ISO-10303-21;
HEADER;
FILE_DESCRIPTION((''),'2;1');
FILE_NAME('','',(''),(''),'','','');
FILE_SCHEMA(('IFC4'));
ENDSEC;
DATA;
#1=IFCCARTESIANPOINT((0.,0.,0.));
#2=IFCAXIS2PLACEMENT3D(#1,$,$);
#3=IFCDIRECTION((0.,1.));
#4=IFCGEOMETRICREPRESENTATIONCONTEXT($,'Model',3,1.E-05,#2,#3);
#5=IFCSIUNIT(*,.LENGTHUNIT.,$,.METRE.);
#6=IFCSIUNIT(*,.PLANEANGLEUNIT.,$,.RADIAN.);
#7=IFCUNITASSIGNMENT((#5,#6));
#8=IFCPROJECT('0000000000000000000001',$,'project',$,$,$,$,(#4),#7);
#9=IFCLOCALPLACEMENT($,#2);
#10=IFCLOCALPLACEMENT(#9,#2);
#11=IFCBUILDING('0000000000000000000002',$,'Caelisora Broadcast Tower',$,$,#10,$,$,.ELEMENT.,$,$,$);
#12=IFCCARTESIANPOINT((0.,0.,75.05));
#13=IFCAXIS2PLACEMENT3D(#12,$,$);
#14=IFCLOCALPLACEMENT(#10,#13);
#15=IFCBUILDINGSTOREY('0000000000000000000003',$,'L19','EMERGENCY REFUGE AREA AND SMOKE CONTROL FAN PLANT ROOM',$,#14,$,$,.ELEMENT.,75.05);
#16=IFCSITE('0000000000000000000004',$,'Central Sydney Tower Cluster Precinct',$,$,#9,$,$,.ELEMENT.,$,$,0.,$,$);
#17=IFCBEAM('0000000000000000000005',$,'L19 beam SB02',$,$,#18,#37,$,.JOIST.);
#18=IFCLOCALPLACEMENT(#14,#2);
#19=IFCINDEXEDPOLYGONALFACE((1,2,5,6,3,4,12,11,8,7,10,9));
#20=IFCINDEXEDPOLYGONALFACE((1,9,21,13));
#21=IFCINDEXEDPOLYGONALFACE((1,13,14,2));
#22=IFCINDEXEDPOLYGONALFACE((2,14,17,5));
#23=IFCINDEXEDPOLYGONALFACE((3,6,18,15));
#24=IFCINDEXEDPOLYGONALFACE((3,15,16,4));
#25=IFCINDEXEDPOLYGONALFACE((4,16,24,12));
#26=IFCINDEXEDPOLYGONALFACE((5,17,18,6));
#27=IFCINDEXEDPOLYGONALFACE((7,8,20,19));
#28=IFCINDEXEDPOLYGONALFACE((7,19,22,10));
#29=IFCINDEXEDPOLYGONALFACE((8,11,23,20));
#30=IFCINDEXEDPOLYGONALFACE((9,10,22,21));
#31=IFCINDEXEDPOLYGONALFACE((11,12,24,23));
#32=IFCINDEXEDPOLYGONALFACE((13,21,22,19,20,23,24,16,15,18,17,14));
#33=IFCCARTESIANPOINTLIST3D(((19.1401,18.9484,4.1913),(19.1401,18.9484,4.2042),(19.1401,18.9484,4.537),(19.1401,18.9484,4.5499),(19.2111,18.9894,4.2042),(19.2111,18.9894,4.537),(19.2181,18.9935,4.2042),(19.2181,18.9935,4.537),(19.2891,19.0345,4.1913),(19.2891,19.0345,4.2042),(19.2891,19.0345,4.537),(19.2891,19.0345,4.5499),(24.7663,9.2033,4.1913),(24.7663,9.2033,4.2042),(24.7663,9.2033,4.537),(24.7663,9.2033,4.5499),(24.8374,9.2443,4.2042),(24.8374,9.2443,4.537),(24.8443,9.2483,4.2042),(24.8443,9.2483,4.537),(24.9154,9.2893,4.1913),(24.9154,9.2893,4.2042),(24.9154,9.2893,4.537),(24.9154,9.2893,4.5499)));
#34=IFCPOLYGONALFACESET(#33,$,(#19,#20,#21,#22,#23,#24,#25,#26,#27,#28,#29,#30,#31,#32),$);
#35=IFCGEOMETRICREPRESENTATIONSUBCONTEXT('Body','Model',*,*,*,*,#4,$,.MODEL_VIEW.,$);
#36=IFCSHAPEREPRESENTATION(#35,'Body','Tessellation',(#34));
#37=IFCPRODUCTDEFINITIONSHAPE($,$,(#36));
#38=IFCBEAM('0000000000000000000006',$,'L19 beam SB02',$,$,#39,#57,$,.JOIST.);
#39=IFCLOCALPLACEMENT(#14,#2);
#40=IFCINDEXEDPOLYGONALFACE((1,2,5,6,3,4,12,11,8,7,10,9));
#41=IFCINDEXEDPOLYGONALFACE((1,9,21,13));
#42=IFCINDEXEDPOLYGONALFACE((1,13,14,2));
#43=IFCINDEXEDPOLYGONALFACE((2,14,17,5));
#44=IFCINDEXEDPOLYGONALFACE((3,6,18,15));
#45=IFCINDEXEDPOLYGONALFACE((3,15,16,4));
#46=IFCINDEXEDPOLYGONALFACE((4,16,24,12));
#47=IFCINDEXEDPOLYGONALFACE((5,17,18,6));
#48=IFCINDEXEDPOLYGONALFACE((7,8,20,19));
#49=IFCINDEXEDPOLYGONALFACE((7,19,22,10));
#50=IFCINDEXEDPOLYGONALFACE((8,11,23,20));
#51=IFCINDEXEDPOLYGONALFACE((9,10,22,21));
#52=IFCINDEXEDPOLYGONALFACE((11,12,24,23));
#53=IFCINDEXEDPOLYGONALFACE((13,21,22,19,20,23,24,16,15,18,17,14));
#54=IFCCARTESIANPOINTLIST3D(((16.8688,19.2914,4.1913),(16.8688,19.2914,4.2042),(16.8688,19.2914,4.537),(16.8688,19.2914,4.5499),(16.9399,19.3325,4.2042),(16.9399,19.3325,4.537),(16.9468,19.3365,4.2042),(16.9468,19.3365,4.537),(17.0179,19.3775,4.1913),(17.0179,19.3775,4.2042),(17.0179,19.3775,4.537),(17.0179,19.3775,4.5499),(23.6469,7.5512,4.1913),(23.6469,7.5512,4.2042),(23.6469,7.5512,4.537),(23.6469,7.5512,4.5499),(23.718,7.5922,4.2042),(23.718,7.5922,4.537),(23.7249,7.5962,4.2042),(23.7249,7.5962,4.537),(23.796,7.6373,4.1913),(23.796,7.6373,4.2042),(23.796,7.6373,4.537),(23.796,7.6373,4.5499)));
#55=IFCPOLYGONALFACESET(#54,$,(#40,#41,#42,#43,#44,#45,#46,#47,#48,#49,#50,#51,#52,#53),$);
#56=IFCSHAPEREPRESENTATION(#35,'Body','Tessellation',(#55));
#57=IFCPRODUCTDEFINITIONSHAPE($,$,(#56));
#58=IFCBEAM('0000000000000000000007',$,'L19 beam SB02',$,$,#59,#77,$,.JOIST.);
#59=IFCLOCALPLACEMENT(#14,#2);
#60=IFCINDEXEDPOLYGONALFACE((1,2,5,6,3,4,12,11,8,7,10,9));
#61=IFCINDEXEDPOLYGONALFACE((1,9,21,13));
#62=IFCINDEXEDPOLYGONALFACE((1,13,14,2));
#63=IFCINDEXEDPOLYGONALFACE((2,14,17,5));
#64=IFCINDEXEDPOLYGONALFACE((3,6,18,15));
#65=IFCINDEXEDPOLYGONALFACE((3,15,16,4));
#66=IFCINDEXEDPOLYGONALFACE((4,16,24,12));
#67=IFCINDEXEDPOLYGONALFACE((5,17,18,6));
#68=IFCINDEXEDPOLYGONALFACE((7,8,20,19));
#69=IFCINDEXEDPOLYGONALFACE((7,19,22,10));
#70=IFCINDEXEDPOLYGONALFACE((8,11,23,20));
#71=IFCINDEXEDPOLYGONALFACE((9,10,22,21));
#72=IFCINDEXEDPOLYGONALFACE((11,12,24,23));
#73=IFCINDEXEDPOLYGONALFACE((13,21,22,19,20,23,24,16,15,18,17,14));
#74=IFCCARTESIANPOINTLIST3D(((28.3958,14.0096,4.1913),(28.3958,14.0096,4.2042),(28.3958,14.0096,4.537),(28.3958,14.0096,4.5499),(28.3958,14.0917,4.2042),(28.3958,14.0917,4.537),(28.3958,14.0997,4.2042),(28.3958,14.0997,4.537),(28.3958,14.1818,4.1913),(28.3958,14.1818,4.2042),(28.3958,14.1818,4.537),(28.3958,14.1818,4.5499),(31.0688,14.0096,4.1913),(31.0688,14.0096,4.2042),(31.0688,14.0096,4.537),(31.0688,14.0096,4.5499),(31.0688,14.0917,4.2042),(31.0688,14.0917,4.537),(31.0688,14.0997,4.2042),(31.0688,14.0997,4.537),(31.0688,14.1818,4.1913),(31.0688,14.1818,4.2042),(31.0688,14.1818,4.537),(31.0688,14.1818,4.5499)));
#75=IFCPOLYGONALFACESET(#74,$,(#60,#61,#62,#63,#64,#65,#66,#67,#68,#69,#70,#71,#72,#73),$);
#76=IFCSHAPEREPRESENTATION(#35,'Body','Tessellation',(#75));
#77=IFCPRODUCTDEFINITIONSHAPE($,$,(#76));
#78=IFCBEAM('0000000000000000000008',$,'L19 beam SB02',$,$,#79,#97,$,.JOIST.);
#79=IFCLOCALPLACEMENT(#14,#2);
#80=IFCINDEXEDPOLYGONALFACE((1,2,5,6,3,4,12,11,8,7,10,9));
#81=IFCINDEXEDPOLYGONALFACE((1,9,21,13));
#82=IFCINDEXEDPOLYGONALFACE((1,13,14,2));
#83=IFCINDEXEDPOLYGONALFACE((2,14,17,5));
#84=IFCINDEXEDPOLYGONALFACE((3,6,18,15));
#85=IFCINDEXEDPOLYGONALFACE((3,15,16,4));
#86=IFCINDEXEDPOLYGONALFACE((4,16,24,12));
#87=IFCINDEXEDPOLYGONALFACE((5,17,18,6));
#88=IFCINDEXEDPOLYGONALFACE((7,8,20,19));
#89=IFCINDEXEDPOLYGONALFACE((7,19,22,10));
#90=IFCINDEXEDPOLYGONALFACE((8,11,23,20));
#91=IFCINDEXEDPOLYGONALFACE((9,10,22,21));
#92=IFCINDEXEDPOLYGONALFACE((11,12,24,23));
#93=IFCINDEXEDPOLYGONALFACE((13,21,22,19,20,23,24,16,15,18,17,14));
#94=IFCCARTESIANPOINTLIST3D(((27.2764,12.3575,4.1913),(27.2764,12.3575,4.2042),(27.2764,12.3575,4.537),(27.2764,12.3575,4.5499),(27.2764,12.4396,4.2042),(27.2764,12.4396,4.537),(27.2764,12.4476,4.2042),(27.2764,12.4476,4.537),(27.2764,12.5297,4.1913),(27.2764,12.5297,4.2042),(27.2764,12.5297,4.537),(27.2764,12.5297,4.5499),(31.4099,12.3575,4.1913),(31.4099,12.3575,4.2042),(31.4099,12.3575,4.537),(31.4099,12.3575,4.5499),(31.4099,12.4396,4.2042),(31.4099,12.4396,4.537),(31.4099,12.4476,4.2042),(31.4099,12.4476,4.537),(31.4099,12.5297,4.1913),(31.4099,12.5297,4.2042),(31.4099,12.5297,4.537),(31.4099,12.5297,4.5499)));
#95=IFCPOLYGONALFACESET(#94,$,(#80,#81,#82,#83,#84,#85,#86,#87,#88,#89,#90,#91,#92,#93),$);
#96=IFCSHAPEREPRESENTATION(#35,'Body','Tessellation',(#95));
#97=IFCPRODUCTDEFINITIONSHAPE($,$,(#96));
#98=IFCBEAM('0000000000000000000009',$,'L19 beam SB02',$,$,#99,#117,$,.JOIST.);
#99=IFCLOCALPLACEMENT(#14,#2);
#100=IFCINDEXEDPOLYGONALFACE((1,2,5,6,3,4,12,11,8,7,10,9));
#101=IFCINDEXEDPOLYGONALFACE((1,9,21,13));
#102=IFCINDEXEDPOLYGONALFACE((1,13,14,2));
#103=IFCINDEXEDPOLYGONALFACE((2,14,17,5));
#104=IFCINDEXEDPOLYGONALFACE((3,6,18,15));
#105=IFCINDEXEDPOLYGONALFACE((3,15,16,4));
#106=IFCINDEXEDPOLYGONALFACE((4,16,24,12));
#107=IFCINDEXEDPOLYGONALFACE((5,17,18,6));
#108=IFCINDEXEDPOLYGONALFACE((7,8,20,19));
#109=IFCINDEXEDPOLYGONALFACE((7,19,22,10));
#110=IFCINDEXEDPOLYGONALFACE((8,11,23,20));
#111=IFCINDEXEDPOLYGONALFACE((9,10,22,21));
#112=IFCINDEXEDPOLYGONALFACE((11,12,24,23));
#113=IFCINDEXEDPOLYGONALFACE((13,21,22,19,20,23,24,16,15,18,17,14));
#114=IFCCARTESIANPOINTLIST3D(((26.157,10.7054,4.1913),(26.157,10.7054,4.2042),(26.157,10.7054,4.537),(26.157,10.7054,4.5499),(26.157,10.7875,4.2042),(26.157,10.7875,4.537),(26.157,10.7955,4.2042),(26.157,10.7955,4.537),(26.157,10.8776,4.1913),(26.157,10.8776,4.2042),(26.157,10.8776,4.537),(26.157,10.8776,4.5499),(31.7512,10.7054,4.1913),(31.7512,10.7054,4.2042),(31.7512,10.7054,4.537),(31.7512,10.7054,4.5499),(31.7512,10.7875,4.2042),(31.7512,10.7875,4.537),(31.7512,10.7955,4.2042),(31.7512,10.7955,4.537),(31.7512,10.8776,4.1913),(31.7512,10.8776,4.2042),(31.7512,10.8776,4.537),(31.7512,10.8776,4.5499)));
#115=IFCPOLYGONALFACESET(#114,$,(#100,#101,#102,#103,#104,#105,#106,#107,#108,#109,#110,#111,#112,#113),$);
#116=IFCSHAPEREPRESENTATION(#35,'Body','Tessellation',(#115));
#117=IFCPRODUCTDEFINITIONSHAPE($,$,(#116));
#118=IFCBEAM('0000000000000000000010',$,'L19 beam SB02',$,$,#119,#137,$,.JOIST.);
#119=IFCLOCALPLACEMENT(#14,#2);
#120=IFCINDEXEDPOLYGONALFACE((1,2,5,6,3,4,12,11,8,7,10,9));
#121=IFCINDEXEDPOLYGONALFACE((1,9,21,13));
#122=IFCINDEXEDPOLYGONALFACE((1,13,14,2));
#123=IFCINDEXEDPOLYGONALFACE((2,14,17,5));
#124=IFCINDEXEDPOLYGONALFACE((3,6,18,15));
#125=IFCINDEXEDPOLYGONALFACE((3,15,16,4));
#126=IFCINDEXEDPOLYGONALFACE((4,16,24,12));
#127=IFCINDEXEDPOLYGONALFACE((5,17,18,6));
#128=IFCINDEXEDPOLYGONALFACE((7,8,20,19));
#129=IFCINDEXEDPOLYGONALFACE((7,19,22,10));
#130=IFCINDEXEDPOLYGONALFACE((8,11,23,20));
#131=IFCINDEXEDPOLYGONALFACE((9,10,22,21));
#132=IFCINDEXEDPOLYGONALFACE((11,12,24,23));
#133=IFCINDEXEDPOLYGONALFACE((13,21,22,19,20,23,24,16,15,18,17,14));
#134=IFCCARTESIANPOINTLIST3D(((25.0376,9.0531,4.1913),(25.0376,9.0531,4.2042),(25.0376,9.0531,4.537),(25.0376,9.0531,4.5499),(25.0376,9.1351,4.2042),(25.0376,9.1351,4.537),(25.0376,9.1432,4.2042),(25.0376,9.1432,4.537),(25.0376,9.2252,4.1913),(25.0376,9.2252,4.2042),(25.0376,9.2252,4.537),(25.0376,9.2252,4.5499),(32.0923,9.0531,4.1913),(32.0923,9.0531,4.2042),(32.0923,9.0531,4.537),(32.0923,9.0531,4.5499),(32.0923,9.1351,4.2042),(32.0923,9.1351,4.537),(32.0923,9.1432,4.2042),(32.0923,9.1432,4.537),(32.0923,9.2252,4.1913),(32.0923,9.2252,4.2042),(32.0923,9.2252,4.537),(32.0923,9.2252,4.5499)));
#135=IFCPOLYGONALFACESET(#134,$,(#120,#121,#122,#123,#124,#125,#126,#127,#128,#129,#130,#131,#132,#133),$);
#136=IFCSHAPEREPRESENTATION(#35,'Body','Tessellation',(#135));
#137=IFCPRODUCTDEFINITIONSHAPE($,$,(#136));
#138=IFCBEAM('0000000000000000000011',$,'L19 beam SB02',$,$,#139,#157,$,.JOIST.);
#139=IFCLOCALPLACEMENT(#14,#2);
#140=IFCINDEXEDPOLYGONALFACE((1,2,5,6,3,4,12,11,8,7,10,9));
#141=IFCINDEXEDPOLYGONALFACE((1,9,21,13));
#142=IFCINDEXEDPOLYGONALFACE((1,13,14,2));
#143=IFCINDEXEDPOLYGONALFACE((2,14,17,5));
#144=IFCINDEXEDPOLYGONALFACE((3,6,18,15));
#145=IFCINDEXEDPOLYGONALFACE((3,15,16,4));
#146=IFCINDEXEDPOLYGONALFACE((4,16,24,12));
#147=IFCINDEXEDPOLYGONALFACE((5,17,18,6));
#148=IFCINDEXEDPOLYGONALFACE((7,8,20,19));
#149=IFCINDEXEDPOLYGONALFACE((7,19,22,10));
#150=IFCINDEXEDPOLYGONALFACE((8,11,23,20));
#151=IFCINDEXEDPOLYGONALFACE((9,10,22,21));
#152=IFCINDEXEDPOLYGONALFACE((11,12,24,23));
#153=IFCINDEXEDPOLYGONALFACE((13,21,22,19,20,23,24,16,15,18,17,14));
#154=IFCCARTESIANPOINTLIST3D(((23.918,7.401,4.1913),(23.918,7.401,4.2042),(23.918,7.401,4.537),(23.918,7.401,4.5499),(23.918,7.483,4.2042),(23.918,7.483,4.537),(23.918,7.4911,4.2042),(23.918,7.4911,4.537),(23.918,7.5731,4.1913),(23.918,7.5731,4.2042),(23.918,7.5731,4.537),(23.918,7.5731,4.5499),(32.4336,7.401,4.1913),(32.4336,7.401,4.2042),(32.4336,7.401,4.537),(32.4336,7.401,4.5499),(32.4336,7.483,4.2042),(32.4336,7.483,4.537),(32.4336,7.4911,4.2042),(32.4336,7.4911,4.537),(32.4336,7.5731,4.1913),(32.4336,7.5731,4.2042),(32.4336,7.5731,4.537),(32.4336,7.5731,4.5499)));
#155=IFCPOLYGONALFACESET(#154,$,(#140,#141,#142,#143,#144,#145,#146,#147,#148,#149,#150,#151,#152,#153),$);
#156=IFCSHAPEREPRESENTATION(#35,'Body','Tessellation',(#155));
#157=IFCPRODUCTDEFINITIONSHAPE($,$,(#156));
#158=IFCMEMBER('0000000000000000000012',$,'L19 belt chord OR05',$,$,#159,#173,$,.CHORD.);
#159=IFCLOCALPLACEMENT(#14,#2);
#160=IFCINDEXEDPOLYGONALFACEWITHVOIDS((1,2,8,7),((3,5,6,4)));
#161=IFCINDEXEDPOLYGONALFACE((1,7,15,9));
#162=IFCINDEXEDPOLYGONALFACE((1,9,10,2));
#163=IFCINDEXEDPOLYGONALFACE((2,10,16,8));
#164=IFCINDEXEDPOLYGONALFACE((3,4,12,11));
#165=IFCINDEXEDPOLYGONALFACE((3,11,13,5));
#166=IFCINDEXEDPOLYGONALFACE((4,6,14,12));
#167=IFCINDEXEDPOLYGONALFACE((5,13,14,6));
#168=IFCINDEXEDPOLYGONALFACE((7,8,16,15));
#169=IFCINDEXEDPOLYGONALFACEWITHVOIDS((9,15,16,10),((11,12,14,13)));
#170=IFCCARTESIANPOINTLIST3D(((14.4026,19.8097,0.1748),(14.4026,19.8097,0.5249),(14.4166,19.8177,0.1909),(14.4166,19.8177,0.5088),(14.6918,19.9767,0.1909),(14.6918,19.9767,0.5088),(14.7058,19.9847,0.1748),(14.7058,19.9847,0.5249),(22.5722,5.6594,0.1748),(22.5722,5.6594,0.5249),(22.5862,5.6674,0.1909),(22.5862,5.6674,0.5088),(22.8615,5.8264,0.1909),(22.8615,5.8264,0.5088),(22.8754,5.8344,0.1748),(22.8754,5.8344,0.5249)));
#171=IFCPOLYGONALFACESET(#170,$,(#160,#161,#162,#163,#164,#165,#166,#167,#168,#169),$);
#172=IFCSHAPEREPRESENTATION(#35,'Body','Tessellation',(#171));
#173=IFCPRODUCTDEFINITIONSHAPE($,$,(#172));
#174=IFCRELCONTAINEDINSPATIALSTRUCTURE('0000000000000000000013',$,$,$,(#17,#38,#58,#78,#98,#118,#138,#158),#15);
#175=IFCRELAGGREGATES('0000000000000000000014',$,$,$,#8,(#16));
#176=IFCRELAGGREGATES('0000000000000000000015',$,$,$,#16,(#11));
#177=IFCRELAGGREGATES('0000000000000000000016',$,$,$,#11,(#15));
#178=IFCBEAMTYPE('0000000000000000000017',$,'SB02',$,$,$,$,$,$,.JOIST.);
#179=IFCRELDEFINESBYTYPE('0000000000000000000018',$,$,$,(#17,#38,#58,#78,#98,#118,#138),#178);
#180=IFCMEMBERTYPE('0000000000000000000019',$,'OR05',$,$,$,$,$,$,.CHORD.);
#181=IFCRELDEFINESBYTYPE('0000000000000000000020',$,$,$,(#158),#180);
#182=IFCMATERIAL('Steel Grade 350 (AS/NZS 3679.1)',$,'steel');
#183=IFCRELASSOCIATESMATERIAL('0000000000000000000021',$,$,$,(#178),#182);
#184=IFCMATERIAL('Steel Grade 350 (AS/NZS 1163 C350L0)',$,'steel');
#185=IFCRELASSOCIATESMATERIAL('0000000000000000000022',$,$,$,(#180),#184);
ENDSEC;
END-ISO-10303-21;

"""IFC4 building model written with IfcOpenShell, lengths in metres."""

from ifc_helpers import new_model, si_unit, direction, frame, origin, origin_2d, place, context, subcontext, project, spatial, hollow_rectangle, i_section, extrude, source, transform, mapped, material, material_profile, profile_set, type_object, element, save


model = new_model("IFC4")

# Units and contexts
model_context = context("Model", 3, precision=1e-05, world=origin(), true_north=direction((0.0, 1.0)))
body_context = subcontext(model_context, "Body", "Model", "MODEL_VIEW")
ifc_project = project(units=[si_unit("LENGTHUNIT", "METRE"), si_unit("PLANEANGLEUNIT", "RADIAN")], contexts=[model_context])

# Site, building, storey
site_placement = place(None, origin())
site = spatial("IfcSite", under=ifc_project, at=site_placement, Name="Central Sydney Tower Cluster Precinct", CompositionType="ELEMENT", RefElevation=0.0)
building_placement = place(site_placement, origin())
building = spatial("IfcBuilding", under=site, at=building_placement, Name="Caelisora Broadcast Tower", CompositionType="ELEMENT")
storey_placement = place(building_placement, frame((0.0, 0.0, 75.05)))
storey = spatial("IfcBuildingStorey", under=building, at=storey_placement, Name="L19", Description="EMERGENCY REFUGE AREA AND SMOKE CONTROL FAN PLANT ROOM", CompositionType="ELEMENT", Elevation=75.05)

# Beams
ifc_material_1 = material(Name="Steel Grade 350 (AS/NZS 3679.1)", Category="steel")
ifc_material_profile_1 = material_profile(ifc_material_1, i_section(OverallWidth=0.1721, OverallDepth=0.3586, WebThickness=0.0081, FlangeThickness=0.0129, at=origin_2d()), Name="Steel Grade 350 (AS/NZS 3679.1)")
ifc_profile_set_1 = profile_set([ifc_material_profile_1], Name="Steel Grade 350 (AS/NZS 3679.1)")
beam_type_1 = type_object("IfcBeamType", Name="SB02", PredefinedType="JOIST", material=ifc_profile_set_1)
shared_shape_1 = source(origin(), body_context, "Body", "SweptSolid", [
    extrude(i_section(OverallWidth=0.1721, OverallDepth=0.3586, WebThickness=0.0081, FlangeThickness=0.0129, at=origin_2d()), origin(), (0.0, 0.0, 1.0), 11.2527),
])
beam_1_placement = place(storey_placement, frame((19.2146, 18.9915, 4.3706), z_axis=(0.499992, -0.86603, 0.0), x_axis=(0.86603, 0.499992, 0.0)))
element("IfcBeam", 1, at=beam_1_placement, inside=storey, type_object=beam_type_1, Name="L19 beam SB02", PredefinedType="JOIST", context=body_context, shape_type="MappedRepresentation", body=[
    mapped(shared_shape_1, transform((0.0, 0.0, 0.0), scale=1.0)),
])
shared_shape_2 = source(origin(), body_context, "Body", "SweptSolid", [
    extrude(i_section(OverallWidth=0.1721, OverallDepth=0.3586, WebThickness=0.0081, FlangeThickness=0.0129, at=origin_2d()), origin(), (0.0, 0.0, 1.0), 13.5564),
])
beam_2_placement = place(storey_placement, frame((16.9434, 19.3345, 4.3706), z_axis=(0.499992, -0.86603, 0.0), x_axis=(0.86603, 0.499992, 0.0)))
element("IfcBeam", 2, at=beam_2_placement, inside=storey, type_object=beam_type_1, Name="L19 beam SB02", PredefinedType="JOIST", context=body_context, shape_type="MappedRepresentation", body=[
    mapped(shared_shape_2, transform((0.0, 0.0, 0.0), scale=1.0)),
])
shared_shape_3 = source(origin(), body_context, "Body", "SweptSolid", [
    extrude(i_section(OverallWidth=0.1721, OverallDepth=0.3586, WebThickness=0.0081, FlangeThickness=0.0129, at=origin_2d()), origin(), (0.0, 0.0, 1.0), 2.6731),
])
beam_3_placement = place(storey_placement, frame((28.3958, 14.0957, 4.3706), z_axis=(1.0, 0.0, 0.0), x_axis=(0.0, 1.0, 0.0)))
element("IfcBeam", 3, at=beam_3_placement, inside=storey, type_object=beam_type_1, Name="L19 beam SB02", PredefinedType="JOIST", context=body_context, shape_type="MappedRepresentation", body=[
    mapped(shared_shape_3, transform((0.0, 0.0, 0.0), scale=1.0)),
])
shared_shape_4 = source(origin(), body_context, "Body", "SweptSolid", [
    extrude(i_section(OverallWidth=0.1721, OverallDepth=0.3586, WebThickness=0.0081, FlangeThickness=0.0129, at=origin_2d()), origin(), (0.0, 0.0, 1.0), 4.1335),
])
beam_4_placement = place(storey_placement, frame((27.2764, 12.4436, 4.3706), z_axis=(1.0, 0.0, 0.0), x_axis=(0.0, 1.0, 0.0)))
element("IfcBeam", 4, at=beam_4_placement, inside=storey, type_object=beam_type_1, Name="L19 beam SB02", PredefinedType="JOIST", context=body_context, shape_type="MappedRepresentation", body=[
    mapped(shared_shape_4, transform((0.0, 0.0, 0.0), scale=1.0)),
])
shared_shape_5 = source(origin(), body_context, "Body", "SweptSolid", [
    extrude(i_section(OverallWidth=0.1721, OverallDepth=0.3586, WebThickness=0.0081, FlangeThickness=0.0129, at=origin_2d()), origin(), (0.0, 0.0, 1.0), 5.5942),
])
beam_5_placement = place(storey_placement, frame((26.157, 10.7915, 4.3706), z_axis=(1.0, 0.0, 0.0), x_axis=(0.0, 1.0, 0.0)))
element("IfcBeam", 5, at=beam_5_placement, inside=storey, type_object=beam_type_1, Name="L19 beam SB02", PredefinedType="JOIST", context=body_context, shape_type="MappedRepresentation", body=[
    mapped(shared_shape_5, transform((0.0, 0.0, 0.0), scale=1.0)),
])
shared_shape_6 = source(origin(), body_context, "Body", "SweptSolid", [
    extrude(i_section(OverallWidth=0.1721, OverallDepth=0.3586, WebThickness=0.0081, FlangeThickness=0.0129, at=origin_2d()), origin(), (0.0, 0.0, 1.0), 7.0547),
])
beam_6_placement = place(storey_placement, frame((25.0376, 9.1392, 4.3706), z_axis=(1.0, 0.0, 0.0), x_axis=(0.0, 1.0, 0.0)))
element("IfcBeam", 6, at=beam_6_placement, inside=storey, type_object=beam_type_1, Name="L19 beam SB02", PredefinedType="JOIST", context=body_context, shape_type="MappedRepresentation", body=[
    mapped(shared_shape_6, transform((0.0, 0.0, 0.0), scale=1.0)),
])
shared_shape_7 = source(origin(), body_context, "Body", "SweptSolid", [
    extrude(i_section(OverallWidth=0.1721, OverallDepth=0.3586, WebThickness=0.0081, FlangeThickness=0.0129, at=origin_2d()), origin(), (0.0, 0.0, 1.0), 8.5156),
])
beam_7_placement = place(storey_placement, frame((23.918, 7.4871, 4.3706), z_axis=(1.0, 0.0, 0.0), x_axis=(0.0, 1.0, 0.0)))
element("IfcBeam", 7, at=beam_7_placement, inside=storey, type_object=beam_type_1, Name="L19 beam SB02", PredefinedType="JOIST", context=body_context, shape_type="MappedRepresentation", body=[
    mapped(shared_shape_7, transform((0.0, 0.0, 0.0), scale=1.0)),
])

# Member
ifc_material_2 = material(Name="Steel Grade 350 (AS/NZS 1163 C350L0)", Category="steel")
ifc_material_profile_2 = material_profile(ifc_material_2, hollow_rectangle(XDim=0.3501, YDim=0.3501, WallThickness=0.0161, at=origin_2d()), Name="Steel Grade 350 (AS/NZS 1163 C350L0)")
ifc_profile_set_2 = profile_set([ifc_material_profile_2], Name="Steel Grade 350 (AS/NZS 1163 C350L0)")
member_type_1 = type_object("IfcMemberType", Name="OR05", PredefinedType="CHORD", material=ifc_profile_set_2)
shared_shape_8 = source(origin(), body_context, "Body", "SweptSolid", [
    extrude(hollow_rectangle(XDim=0.3501, YDim=0.3501, WallThickness=0.0161, at=origin_2d()), origin(), (0.0, 0.0, 1.0), 16.3394),
])
member_1_placement = place(storey_placement, frame((14.5542, 19.8972, 0.3499), z_axis=(0.499998, -0.866027, 0.0), x_axis=(0.866027, 0.499998, 0.0)))
element("IfcMember", 8, at=member_1_placement, inside=storey, type_object=member_type_1, Name="L19 belt chord OR05", PredefinedType="CHORD", context=body_context, shape_type="MappedRepresentation", body=[
    mapped(shared_shape_8, transform((0.0, 0.0, 0.0), scale=1.0)),
])

save(model, "model.ifc")
